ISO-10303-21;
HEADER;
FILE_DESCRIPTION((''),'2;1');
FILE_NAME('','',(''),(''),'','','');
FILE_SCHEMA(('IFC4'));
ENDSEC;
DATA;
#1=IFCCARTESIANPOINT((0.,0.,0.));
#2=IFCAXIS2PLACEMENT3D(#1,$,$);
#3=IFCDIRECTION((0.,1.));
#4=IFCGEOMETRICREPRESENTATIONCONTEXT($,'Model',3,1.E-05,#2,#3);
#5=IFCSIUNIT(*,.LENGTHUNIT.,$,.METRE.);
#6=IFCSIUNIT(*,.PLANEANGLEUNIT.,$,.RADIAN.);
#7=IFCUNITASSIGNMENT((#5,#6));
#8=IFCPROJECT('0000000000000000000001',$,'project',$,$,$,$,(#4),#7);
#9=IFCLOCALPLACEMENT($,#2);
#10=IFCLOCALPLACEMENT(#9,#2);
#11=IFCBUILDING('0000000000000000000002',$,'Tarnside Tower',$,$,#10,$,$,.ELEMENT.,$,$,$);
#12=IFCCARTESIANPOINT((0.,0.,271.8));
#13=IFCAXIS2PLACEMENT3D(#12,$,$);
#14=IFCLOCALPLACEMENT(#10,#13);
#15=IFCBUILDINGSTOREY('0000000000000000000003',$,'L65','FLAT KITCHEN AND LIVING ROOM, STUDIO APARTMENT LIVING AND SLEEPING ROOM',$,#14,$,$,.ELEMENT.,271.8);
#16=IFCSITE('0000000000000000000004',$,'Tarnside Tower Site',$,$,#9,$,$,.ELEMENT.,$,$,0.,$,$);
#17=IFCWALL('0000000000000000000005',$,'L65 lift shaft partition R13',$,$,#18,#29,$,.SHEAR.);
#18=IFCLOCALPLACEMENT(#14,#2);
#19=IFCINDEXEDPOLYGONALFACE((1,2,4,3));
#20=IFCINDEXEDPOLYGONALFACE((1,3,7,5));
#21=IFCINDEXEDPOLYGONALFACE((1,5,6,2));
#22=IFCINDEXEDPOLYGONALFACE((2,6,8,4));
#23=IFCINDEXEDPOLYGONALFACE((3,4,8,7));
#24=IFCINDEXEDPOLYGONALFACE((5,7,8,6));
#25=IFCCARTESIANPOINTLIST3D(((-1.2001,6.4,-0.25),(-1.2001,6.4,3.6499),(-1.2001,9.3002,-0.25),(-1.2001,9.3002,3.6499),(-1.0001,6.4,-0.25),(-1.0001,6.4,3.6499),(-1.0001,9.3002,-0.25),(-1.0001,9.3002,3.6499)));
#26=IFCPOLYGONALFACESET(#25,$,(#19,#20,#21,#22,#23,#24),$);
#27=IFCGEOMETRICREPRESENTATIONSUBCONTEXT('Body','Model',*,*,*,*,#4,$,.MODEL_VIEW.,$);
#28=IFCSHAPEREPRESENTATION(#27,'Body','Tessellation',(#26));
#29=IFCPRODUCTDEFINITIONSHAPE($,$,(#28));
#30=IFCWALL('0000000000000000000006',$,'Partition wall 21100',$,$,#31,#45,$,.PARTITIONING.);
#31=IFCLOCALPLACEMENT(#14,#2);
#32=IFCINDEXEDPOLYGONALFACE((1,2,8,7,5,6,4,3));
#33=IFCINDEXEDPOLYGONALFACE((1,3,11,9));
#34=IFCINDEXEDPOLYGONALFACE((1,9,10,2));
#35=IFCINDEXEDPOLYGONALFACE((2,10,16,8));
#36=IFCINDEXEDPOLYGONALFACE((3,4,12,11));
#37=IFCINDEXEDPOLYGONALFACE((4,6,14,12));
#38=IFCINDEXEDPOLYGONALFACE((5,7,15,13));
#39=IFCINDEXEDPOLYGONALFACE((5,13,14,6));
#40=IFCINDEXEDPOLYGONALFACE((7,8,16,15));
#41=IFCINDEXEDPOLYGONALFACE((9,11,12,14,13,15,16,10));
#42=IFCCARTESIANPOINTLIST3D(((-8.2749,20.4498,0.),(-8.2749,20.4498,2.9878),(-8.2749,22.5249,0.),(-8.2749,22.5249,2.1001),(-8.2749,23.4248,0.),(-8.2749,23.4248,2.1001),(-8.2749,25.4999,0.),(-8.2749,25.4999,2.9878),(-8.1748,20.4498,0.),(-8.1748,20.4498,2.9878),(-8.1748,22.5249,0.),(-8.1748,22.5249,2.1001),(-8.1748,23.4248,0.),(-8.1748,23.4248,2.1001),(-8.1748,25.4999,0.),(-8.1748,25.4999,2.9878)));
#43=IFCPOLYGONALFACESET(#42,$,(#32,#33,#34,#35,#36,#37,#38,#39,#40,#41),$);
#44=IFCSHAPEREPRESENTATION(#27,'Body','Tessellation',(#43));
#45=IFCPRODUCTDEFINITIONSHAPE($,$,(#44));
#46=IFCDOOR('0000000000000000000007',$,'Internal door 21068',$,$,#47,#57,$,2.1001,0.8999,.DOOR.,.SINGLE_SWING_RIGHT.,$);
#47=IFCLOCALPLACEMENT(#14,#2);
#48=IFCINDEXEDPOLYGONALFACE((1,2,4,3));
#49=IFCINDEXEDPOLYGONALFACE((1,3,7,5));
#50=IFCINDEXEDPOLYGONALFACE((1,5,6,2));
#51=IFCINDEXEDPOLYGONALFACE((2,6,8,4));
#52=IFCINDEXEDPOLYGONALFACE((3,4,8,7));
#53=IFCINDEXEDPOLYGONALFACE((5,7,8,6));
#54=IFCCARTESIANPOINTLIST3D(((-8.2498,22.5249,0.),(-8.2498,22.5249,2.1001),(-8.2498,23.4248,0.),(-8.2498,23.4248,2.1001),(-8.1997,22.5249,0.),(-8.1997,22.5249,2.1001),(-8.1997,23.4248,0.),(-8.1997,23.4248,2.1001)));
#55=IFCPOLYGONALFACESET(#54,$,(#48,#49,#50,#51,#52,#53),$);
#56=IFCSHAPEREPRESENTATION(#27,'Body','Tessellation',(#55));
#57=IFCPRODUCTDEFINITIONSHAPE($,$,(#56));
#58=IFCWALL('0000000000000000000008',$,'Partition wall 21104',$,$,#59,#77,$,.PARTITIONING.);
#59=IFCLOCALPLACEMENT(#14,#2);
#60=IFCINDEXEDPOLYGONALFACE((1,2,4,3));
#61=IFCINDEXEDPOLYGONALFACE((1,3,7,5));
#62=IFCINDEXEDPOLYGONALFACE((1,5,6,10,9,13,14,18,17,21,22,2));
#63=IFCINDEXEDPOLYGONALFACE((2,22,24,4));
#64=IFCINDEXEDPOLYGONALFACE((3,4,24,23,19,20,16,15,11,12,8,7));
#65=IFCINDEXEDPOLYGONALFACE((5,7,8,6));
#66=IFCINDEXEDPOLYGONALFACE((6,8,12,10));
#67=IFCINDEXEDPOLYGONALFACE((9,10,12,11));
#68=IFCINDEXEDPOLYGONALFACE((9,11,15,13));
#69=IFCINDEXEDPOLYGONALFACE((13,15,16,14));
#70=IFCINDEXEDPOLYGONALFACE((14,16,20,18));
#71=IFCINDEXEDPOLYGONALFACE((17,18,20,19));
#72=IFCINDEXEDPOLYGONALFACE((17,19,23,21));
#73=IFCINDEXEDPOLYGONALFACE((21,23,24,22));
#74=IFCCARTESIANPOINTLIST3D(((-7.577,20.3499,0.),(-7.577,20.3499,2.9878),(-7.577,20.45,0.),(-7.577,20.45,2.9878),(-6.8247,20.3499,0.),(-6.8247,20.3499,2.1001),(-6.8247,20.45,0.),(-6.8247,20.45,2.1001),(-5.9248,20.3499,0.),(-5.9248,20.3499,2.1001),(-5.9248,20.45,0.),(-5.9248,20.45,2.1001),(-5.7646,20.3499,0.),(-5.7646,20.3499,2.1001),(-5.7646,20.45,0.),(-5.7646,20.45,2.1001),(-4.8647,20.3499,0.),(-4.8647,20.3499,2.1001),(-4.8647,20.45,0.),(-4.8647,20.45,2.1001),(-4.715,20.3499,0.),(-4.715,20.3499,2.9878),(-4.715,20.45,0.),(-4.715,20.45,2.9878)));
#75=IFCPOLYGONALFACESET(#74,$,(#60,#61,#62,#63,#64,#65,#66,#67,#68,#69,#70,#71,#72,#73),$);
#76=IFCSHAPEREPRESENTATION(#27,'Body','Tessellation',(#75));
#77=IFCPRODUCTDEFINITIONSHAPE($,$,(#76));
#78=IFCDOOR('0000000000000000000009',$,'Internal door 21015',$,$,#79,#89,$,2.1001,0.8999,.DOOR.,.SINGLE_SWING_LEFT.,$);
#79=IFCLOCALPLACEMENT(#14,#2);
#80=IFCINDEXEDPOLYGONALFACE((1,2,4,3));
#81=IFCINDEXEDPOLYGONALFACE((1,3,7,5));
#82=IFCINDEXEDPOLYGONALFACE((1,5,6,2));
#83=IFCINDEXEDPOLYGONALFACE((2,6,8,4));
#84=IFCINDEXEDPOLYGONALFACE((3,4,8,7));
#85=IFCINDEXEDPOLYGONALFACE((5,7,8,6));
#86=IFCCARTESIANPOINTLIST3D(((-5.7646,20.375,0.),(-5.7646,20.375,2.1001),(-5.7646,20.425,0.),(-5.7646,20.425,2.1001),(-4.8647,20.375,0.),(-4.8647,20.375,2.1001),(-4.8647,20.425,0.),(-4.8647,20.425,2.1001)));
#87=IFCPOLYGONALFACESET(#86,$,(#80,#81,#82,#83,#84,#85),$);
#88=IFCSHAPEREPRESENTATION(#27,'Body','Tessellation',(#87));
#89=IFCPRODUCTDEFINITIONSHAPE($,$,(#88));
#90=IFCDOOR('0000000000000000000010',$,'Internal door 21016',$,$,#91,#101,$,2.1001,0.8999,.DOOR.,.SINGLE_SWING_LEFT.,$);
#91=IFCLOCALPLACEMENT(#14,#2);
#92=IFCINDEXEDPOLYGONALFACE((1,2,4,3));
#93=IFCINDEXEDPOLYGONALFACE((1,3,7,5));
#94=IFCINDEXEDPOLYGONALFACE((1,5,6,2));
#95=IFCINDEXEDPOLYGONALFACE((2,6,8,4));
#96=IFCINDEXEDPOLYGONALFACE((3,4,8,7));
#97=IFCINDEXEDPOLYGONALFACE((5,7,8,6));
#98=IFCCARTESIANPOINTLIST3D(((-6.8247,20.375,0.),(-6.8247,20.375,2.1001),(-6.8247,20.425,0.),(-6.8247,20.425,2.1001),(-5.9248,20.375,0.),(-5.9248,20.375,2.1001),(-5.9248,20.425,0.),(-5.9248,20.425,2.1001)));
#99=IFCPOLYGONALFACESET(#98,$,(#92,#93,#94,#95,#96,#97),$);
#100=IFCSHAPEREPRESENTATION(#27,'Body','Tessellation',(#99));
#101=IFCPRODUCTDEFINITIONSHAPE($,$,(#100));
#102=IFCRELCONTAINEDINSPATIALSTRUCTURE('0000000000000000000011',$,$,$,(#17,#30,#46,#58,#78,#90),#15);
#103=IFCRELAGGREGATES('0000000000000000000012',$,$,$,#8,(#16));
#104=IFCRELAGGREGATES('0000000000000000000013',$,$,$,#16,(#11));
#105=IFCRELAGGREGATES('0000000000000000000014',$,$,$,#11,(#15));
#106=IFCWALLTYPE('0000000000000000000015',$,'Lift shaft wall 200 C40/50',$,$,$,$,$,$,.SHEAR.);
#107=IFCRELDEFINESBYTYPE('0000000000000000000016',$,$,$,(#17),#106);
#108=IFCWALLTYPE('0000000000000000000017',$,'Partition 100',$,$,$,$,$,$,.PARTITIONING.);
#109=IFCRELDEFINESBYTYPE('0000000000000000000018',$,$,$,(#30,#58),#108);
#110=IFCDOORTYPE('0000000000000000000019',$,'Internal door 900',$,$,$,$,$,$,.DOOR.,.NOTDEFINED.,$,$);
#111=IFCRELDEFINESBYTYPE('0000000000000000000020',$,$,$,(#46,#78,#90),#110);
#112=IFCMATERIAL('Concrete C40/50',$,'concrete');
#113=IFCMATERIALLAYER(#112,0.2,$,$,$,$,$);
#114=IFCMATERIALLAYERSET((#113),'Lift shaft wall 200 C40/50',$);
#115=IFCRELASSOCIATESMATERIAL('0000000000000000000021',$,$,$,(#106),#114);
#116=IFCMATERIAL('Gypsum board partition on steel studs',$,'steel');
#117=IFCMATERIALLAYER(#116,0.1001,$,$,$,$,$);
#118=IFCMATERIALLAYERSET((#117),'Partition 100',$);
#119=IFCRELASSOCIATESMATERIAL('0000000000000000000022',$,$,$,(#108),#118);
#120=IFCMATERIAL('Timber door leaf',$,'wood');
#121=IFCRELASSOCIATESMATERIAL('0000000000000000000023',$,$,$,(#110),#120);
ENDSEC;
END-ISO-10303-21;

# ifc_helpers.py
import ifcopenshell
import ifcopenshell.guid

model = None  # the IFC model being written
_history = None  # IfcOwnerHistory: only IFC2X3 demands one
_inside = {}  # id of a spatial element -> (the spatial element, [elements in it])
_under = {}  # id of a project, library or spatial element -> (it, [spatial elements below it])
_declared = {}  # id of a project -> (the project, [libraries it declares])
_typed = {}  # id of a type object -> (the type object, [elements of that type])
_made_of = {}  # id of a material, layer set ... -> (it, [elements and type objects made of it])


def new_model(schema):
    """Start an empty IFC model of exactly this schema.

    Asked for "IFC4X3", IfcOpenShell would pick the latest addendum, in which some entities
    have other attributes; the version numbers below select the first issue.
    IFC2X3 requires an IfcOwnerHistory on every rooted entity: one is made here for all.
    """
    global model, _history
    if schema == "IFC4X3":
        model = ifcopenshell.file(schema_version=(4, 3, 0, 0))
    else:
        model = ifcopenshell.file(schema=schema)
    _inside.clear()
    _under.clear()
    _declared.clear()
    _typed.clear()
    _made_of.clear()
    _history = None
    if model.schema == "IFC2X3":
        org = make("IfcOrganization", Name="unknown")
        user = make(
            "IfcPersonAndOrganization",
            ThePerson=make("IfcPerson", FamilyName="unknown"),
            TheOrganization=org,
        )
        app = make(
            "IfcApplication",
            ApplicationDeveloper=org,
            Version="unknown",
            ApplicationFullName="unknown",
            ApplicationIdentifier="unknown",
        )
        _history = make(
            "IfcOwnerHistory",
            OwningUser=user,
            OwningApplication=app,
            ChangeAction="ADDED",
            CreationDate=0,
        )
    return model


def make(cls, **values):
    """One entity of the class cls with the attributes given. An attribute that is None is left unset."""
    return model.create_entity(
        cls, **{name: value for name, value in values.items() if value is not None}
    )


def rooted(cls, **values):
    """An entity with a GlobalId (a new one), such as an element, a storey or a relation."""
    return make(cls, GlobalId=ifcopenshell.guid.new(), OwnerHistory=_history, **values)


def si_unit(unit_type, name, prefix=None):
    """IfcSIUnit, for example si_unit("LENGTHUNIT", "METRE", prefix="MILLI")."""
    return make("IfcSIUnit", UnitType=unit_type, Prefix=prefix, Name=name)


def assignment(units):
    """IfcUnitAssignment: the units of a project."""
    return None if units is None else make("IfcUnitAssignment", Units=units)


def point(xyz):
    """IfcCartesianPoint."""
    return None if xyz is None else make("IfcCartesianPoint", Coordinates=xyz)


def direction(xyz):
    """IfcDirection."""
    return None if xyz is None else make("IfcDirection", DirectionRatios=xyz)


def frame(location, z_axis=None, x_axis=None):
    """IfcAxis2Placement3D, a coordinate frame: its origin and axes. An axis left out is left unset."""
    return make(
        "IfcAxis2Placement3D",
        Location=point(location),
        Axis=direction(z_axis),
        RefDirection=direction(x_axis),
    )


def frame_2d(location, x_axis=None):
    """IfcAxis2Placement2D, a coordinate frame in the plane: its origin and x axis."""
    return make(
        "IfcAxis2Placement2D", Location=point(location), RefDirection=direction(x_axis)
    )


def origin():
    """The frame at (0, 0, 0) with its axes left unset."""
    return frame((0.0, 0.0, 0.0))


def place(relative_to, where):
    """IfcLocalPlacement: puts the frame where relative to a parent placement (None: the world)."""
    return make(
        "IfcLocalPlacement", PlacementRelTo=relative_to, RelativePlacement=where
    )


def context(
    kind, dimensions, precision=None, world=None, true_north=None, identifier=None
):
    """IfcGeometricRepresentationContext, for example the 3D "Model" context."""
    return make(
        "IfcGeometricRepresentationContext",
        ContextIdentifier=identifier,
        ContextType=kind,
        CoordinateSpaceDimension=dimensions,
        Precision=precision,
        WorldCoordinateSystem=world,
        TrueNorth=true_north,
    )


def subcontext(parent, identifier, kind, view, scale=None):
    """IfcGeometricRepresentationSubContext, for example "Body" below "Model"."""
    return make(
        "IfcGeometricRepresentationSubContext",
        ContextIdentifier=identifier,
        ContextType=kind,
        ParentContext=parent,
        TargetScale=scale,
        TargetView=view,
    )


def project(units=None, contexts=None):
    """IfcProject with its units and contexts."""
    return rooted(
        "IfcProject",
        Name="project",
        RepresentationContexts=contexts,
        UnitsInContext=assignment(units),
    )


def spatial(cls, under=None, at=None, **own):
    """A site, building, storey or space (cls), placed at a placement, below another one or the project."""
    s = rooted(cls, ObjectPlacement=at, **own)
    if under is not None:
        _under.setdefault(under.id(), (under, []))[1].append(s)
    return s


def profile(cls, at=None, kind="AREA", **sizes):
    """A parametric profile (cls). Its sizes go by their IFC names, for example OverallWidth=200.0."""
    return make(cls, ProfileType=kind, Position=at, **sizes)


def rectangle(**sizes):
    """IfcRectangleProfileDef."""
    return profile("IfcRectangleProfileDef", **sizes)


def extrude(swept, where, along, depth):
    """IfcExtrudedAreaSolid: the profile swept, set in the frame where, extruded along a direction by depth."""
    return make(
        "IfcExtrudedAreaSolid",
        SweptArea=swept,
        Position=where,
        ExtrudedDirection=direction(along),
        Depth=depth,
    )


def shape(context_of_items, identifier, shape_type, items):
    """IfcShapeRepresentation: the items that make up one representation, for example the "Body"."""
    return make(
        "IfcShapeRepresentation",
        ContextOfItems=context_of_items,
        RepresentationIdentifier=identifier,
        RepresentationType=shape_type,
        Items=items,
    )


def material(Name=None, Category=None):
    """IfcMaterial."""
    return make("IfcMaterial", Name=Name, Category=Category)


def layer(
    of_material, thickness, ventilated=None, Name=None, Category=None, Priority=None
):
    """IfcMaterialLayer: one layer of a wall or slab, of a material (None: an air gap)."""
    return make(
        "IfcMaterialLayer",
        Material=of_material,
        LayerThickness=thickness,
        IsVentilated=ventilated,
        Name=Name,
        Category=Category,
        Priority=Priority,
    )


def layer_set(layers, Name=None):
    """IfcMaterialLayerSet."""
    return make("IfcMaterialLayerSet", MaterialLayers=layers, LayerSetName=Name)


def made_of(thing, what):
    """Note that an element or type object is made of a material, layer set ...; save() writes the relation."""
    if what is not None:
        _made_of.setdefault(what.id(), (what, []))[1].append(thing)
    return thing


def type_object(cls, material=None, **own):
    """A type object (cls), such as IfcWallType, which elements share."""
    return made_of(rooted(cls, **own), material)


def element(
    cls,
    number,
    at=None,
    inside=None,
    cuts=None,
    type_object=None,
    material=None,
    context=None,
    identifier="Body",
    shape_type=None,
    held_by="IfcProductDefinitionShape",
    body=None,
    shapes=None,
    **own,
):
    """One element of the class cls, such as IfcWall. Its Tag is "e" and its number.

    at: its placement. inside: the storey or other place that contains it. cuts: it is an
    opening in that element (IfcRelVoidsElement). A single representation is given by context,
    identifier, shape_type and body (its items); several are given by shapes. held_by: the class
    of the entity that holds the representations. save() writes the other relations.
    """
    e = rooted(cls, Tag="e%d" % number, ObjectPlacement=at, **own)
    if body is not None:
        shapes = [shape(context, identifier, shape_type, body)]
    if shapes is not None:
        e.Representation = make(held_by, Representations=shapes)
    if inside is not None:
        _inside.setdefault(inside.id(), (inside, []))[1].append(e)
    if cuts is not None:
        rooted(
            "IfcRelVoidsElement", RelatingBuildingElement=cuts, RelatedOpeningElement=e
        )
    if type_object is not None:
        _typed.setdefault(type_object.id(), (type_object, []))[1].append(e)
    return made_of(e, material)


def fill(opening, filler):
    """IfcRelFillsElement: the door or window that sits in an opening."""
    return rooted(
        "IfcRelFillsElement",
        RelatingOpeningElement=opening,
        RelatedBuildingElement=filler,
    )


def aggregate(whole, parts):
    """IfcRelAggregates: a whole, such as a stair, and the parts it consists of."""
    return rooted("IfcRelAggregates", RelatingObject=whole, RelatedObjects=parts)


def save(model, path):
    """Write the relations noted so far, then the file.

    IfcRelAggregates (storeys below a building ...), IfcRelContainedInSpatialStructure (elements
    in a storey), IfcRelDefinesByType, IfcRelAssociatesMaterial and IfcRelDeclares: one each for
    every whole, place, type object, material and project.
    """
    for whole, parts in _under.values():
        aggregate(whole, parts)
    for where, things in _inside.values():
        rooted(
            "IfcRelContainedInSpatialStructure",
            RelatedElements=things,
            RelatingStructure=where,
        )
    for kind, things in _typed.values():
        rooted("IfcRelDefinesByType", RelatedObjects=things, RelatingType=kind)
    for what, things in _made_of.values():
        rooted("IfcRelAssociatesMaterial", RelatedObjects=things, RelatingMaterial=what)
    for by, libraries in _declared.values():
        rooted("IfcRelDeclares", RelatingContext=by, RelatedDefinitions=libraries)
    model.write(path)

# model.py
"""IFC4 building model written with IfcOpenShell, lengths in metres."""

from ifc_helpers import new_model, si_unit, direction, frame, frame_2d, origin, place, context, subcontext, project, spatial, rectangle, extrude, material, layer, layer_set, type_object, element, fill, save


model = new_model("IFC4")

# Units and contexts
model_context = context("Model", 3, precision=1e-05, world=origin(), true_north=direction((0.0, 1.0)))
body_context = subcontext(model_context, "Body", "Model", "MODEL_VIEW")
ifc_project = project(units=[si_unit("LENGTHUNIT", "METRE"), si_unit("PLANEANGLEUNIT", "RADIAN")], contexts=[model_context])

# Site, building, storey
site_placement = place(None, origin())
site = spatial("IfcSite", under=ifc_project, at=site_placement, Name="Tarnside Tower Site", CompositionType="ELEMENT", RefElevation=0.0)
building_placement = place(site_placement, origin())
building = spatial("IfcBuilding", under=site, at=building_placement, Name="Tarnside Tower", CompositionType="ELEMENT")
storey_placement = place(building_placement, frame((0.0, 0.0, 271.8)))
storey = spatial("IfcBuildingStorey", under=building, at=storey_placement, Name="L65", Description="FLAT KITCHEN AND LIVING ROOM, STUDIO APARTMENT LIVING AND SLEEPING ROOM", CompositionType="ELEMENT", Elevation=271.8)

# Shared definitions
ifc_material_1 = material(Name="Gypsum board partition on steel studs", Category="steel")

# Shared definitions
ifc_material_2 = material(Name="Timber door leaf", Category="wood")

# Wall
ifc_material_3 = material(Name="Concrete C40/50", Category="concrete")
ifc_layer_1 = layer(ifc_material_3, 0.2)
ifc_layer_set_1 = layer_set([ifc_layer_1], Name="Lift shaft wall 200 C40/50")
wall_type_1 = type_object("IfcWallType", Name="Lift shaft wall 200 C40/50", PredefinedType="SHEAR", material=ifc_layer_set_1)
for number, where, z_axis, x_axis, name in (
    (1, (-1.1001, 6.3999, -0.25), (0.0, 0.0, 1.0), (0.0, 1.0, 0.0), "L65 lift shaft partition R13"),
):
    element("IfcWall", number, at=place(storey_placement, frame(where, z_axis=z_axis, x_axis=x_axis)), inside=storey, type_object=wall_type_1, Name=name, PredefinedType="SHEAR", context=body_context, shape_type="SweptSolid", body=[
        extrude(rectangle(XDim=2.9001, YDim=0.2, at=frame_2d((1.4502, 0.0))), origin(), (0.0, 0.0, 1.0), 3.8999),
    ])

# Wall, opening, door
ifc_layer_2 = layer(ifc_material_1, 0.1001)
ifc_layer_set_2 = layer_set([ifc_layer_2], Name="Partition 100")
wall_type_2 = type_object("IfcWallType", Name="Partition 100", PredefinedType="PARTITIONING", material=ifc_layer_set_2)
wall_1_placement = place(storey_placement, frame((-8.2249, 20.45, 0.0), z_axis=(0.0, 0.0, 1.0), x_axis=(0.0, 1.0, 0.0)))
wall_1 = element("IfcWall", 2, at=wall_1_placement, inside=storey, type_object=wall_type_2, Name="Partition wall 21100", PredefinedType="PARTITIONING", context=body_context, shape_type="SweptSolid", body=[
    extrude(rectangle(XDim=5.05, YDim=0.1001, at=frame_2d((2.5249, 0.0))), origin(), (0.0, 0.0, 1.0), 2.9878),
])
opening_1_placement = place(wall_1_placement, frame((2.075, 0.0, 0.0)))
opening_1 = element("IfcOpeningElement", 3, at=opening_1_placement, cuts=wall_1, PredefinedType="OPENING", context=body_context, shape_type="SweptSolid", body=[
    extrude(rectangle(XDim=0.8999, YDim=2.1001, at=frame_2d((0.45, 1.05))), frame((0.0, 0.0601, 0.0), z_axis=(0.0, -1.0, 0.0), x_axis=(1.0, 0.0, 0.0)), (0.0, 0.0, 1.0), 0.1201),
])
door_type_1 = type_object("IfcDoorType", Name="Internal door 900", OperationType="NOTDEFINED", PredefinedType="DOOR", material=ifc_material_2)
door_1_placement = place(opening_1_placement, origin())
door_1 = element("IfcDoor", 4, at=door_1_placement, inside=storey, type_object=door_type_1, Name="Internal door 21068", OperationType="SINGLE_SWING_RIGHT", OverallHeight=2.1001, OverallWidth=0.8999, PredefinedType="DOOR", context=body_context, shape_type="SweptSolid", body=[
    extrude(rectangle(XDim=0.8999, YDim=2.1001, at=frame_2d((0.45, 1.05))), frame((0.0, 0.0249, 0.0), z_axis=(0.0, -1.0, 0.0), x_axis=(1.0, 0.0, 0.0)), (0.0, 0.0, 1.0), 0.05),
])
fill(opening_1, door_1)

# Wall, openings, doors
wall_2_placement = place(storey_placement, frame((-4.7148, 20.3999, 0.0), z_axis=(0.0, 0.0, 1.0), x_axis=(-1.0, 0.0, 0.0)))
wall_2 = element("IfcWall", 5, at=wall_2_placement, inside=storey, type_object=wall_type_2, Name="Partition wall 21104", PredefinedType="PARTITIONING", context=body_context, shape_type="SweptSolid", body=[
    extrude(rectangle(XDim=2.8621, YDim=0.1001, at=frame_2d((1.4312, 0.0))), origin(), (0.0, 0.0, 1.0), 2.9878),
])
opening_2_placement = place(wall_2_placement, frame((0.1499, 0.0, 0.0)))
opening_2 = element("IfcOpeningElement", 6, at=opening_2_placement, cuts=wall_2, PredefinedType="OPENING", context=body_context, shape_type="SweptSolid", body=[
    extrude(rectangle(XDim=0.8999, YDim=2.1001, at=frame_2d((0.45, 1.05))), frame((0.0, 0.0601, 0.0), z_axis=(0.0, -1.0, 0.0), x_axis=(1.0, 0.0, 0.0)), (0.0, 0.0, 1.0), 0.1201),
])
opening_3_placement = place(wall_2_placement, frame((1.21, 0.0, 0.0)))
opening_3 = element("IfcOpeningElement", 7, at=opening_3_placement, cuts=wall_2, PredefinedType="OPENING", context=body_context, shape_type="SweptSolid", body=[
    extrude(rectangle(XDim=0.8999, YDim=2.1001, at=frame_2d((0.45, 1.05))), frame((0.0, 0.0601, 0.0), z_axis=(0.0, -1.0, 0.0), x_axis=(1.0, 0.0, 0.0)), (0.0, 0.0, 1.0), 0.1201),
])
door_2_placement = place(opening_2_placement, origin())
door_2 = element("IfcDoor", 8, at=door_2_placement, inside=storey, type_object=door_type_1, Name="Internal door 21015", OperationType="SINGLE_SWING_LEFT", OverallHeight=2.1001, OverallWidth=0.8999, PredefinedType="DOOR", context=body_context, shape_type="SweptSolid", body=[
    extrude(rectangle(XDim=0.8999, YDim=2.1001, at=frame_2d((0.45, 1.05))), frame((0.0, 0.0249, 0.0), z_axis=(0.0, -1.0, 0.0), x_axis=(1.0, 0.0, 0.0)), (0.0, 0.0, 1.0), 0.05),
])
fill(opening_2, door_2)
door_3_placement = place(opening_3_placement, origin())
door_3 = element("IfcDoor", 9, at=door_3_placement, inside=storey, type_object=door_type_1, Name="Internal door 21016", OperationType="SINGLE_SWING_LEFT", OverallHeight=2.1001, OverallWidth=0.8999, PredefinedType="DOOR", context=body_context, shape_type="SweptSolid", body=[
    extrude(rectangle(XDim=0.8999, YDim=2.1001, at=frame_2d((0.45, 1.05))), frame((0.0, 0.0249, 0.0), z_axis=(0.0, -1.0, 0.0), x_axis=(1.0, 0.0, 0.0)), (0.0, 0.0, 1.0), 0.05),
])
fill(opening_3, door_3)

save(model, "model.ifc")
